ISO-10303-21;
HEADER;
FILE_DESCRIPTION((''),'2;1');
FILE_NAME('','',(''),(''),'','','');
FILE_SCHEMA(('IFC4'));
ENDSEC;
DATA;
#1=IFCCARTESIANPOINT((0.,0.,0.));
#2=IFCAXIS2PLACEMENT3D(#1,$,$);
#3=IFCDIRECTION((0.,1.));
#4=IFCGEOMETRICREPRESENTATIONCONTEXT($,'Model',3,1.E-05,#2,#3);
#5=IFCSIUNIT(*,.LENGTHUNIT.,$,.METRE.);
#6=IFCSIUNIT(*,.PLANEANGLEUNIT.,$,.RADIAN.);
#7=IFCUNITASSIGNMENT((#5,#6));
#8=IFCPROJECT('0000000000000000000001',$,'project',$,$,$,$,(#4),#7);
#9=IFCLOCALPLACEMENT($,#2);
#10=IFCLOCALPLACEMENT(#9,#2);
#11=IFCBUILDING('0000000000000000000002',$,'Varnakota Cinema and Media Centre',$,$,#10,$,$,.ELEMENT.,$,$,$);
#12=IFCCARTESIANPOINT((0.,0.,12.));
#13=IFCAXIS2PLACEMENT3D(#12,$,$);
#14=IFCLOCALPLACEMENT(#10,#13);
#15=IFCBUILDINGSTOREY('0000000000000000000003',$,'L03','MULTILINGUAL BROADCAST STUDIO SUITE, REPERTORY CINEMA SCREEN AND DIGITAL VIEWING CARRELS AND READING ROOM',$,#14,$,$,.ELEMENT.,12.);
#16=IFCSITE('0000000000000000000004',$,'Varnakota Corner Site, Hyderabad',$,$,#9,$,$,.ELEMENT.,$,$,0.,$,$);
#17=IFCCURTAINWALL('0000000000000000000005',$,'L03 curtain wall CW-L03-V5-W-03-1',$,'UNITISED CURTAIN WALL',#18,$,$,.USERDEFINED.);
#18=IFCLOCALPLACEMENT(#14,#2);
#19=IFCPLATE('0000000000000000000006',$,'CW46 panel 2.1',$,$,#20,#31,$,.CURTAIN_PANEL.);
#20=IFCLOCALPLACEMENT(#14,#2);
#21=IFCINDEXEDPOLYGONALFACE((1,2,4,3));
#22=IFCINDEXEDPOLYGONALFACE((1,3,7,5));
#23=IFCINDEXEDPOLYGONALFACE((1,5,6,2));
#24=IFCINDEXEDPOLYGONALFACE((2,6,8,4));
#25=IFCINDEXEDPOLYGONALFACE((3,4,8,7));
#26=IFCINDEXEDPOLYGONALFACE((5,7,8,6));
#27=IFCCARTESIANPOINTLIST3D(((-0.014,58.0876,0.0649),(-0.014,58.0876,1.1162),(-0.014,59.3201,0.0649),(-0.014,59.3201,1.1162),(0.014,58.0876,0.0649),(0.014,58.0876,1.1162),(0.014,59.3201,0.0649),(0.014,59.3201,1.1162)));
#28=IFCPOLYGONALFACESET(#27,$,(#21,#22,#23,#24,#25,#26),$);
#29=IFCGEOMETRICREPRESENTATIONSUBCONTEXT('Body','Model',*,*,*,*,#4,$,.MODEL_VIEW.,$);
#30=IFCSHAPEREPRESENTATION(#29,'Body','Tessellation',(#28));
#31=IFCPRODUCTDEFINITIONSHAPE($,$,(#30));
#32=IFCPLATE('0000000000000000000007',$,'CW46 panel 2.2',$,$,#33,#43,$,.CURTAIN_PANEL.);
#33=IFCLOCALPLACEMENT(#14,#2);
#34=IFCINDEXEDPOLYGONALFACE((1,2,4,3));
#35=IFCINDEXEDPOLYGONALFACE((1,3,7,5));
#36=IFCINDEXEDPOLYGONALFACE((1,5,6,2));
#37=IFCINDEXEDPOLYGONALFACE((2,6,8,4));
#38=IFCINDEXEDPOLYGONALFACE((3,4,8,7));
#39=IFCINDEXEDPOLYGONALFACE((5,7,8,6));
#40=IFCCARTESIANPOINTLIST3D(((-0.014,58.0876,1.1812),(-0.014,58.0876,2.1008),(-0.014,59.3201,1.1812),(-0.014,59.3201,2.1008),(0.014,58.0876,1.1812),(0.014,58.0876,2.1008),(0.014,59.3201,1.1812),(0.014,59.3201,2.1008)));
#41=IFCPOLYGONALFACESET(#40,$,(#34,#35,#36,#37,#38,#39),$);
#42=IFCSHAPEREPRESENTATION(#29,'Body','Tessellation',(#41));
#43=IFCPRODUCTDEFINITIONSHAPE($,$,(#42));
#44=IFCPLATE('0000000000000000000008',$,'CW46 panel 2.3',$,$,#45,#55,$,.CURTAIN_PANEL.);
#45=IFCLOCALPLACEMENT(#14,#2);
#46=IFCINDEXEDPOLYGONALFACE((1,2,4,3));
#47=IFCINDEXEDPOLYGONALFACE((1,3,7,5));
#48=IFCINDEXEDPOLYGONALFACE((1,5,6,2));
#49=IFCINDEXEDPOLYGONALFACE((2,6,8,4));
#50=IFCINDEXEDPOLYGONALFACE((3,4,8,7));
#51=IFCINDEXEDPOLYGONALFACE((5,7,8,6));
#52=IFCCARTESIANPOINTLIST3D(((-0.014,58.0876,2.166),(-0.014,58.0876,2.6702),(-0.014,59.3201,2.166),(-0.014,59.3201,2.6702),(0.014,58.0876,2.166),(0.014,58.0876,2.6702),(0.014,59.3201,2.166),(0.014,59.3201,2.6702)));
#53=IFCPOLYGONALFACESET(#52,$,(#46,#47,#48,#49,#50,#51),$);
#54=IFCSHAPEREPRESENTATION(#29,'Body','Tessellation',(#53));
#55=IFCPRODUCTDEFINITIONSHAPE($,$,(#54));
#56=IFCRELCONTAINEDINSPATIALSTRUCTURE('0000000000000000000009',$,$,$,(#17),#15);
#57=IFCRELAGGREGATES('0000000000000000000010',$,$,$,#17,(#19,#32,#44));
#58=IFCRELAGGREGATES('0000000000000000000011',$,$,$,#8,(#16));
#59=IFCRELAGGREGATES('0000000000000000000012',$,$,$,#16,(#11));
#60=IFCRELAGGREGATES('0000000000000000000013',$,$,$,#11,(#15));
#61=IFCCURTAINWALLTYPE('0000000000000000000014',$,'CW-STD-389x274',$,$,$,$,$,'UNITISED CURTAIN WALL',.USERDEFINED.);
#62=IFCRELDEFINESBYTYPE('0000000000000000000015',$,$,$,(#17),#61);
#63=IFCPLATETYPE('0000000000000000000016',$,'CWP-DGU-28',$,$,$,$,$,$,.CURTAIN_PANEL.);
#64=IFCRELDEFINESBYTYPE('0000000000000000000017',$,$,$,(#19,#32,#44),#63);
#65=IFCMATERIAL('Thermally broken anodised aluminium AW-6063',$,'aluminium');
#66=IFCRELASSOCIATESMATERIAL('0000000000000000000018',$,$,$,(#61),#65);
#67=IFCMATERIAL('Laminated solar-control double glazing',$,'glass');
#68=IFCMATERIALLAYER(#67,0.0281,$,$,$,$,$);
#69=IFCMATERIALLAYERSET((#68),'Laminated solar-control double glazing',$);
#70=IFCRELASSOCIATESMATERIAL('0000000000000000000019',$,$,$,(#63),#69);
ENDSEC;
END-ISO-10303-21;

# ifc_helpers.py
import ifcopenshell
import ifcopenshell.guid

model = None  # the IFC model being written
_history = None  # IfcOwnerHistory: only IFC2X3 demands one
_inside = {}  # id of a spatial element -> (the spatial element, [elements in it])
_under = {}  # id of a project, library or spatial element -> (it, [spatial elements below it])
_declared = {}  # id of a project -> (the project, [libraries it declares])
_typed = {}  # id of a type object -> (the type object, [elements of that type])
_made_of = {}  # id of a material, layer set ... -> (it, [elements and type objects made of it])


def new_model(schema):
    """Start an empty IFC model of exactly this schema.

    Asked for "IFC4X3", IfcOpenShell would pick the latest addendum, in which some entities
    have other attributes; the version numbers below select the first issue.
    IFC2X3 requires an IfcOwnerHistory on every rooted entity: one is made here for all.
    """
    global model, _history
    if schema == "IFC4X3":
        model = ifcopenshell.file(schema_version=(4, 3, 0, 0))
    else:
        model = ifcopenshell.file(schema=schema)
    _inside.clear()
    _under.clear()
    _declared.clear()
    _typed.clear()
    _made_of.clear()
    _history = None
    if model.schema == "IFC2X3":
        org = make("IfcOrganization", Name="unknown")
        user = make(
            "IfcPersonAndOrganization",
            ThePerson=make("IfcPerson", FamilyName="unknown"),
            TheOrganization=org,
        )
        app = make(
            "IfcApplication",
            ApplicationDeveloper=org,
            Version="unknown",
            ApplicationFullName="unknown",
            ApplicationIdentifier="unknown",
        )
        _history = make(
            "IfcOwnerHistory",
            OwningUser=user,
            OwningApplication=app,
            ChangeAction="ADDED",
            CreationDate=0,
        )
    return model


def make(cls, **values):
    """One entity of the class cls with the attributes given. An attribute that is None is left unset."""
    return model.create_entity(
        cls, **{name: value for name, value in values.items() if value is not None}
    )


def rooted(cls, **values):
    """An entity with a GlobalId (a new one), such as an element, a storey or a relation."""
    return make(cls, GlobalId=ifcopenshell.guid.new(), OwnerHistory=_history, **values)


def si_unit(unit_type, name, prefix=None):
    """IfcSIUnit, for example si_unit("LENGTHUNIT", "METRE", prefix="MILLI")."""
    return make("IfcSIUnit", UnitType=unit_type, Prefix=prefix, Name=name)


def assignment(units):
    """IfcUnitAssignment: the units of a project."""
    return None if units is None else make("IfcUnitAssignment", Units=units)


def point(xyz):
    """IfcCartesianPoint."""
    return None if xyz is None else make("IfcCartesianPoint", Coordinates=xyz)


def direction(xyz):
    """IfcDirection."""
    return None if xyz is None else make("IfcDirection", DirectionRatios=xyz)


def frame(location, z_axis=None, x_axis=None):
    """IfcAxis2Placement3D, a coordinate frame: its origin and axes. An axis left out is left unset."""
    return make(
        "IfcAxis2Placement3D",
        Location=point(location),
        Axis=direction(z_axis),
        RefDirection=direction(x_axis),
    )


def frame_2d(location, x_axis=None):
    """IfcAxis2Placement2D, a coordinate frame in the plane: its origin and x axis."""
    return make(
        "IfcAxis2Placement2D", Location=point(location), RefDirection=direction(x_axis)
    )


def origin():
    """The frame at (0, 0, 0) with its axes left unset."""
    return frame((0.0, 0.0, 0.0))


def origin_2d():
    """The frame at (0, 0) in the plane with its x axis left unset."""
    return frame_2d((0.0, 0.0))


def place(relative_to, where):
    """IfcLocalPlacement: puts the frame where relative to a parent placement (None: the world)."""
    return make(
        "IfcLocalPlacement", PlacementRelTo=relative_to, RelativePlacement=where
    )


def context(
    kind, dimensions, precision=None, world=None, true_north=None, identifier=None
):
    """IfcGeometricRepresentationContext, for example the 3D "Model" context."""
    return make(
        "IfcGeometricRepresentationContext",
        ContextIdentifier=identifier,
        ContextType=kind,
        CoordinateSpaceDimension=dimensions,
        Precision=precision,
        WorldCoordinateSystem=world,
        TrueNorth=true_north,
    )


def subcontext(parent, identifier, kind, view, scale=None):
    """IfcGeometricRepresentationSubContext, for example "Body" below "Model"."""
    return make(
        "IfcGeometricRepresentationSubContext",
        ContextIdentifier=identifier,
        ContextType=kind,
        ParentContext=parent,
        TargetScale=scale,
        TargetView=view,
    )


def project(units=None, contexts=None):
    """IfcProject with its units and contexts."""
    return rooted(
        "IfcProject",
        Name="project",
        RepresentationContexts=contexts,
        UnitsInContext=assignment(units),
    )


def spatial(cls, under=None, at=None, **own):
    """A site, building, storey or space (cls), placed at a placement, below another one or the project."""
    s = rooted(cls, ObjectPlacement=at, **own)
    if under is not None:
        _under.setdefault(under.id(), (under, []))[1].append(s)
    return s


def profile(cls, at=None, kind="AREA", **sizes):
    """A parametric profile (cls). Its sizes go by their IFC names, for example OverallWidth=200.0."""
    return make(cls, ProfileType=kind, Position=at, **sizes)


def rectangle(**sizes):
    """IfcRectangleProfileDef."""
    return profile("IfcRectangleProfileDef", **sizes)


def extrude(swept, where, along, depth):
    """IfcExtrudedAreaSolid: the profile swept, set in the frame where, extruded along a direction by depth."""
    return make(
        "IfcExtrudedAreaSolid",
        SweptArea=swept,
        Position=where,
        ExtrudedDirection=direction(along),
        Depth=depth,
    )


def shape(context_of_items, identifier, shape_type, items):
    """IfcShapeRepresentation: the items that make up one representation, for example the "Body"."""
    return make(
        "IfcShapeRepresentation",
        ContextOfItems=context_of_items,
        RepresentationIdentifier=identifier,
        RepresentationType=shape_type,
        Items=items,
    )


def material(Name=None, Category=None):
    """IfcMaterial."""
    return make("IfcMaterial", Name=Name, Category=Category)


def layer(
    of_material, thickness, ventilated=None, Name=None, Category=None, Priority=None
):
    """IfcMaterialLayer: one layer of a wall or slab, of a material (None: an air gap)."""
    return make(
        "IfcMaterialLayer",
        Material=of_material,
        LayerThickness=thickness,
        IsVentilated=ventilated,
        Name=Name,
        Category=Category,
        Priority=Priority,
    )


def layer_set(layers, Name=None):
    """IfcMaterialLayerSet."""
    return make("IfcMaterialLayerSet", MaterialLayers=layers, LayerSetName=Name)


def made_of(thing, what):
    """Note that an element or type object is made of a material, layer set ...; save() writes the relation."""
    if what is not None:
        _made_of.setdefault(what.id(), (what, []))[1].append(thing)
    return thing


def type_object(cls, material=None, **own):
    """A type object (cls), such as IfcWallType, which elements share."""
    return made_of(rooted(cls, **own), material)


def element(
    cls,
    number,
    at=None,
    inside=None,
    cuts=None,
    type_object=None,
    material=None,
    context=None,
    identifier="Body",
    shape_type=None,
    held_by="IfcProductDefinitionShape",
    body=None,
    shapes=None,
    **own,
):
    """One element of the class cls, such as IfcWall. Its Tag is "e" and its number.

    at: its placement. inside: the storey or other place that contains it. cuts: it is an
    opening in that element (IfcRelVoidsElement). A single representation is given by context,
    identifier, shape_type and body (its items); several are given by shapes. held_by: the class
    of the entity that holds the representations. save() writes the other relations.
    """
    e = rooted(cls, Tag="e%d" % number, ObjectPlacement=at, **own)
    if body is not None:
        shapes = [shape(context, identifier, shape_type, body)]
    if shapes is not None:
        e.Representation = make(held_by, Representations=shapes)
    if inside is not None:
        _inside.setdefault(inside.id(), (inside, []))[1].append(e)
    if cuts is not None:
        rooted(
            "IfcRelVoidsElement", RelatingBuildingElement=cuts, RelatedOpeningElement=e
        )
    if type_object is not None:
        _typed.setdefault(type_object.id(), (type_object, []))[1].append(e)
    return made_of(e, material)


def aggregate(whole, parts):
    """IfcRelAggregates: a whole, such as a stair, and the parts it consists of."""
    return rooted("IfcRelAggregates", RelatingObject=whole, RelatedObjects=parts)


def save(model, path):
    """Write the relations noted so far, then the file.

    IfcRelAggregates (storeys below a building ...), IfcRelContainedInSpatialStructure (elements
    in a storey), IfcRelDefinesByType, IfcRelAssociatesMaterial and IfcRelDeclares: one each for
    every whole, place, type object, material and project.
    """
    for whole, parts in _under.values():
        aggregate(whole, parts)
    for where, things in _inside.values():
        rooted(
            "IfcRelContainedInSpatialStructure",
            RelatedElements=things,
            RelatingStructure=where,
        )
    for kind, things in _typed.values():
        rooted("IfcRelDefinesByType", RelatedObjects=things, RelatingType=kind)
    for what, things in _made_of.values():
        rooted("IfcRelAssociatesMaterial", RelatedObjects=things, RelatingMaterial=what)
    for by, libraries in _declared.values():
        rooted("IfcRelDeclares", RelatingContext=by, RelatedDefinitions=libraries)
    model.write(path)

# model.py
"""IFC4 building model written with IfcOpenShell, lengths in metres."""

from ifc_helpers import new_model, si_unit, direction, frame, origin, origin_2d, place, context, subcontext, project, spatial, rectangle, extrude, material, layer, layer_set, type_object, element, aggregate, save


model = new_model("IFC4")

# Units and contexts
model_context = context("Model", 3, precision=1e-05, world=origin(), true_north=direction((0.0, 1.0)))
body_context = subcontext(model_context, "Body", "Model", "MODEL_VIEW")
ifc_project = project(units=[si_unit("LENGTHUNIT", "METRE"), si_unit("PLANEANGLEUNIT", "RADIAN")], contexts=[model_context])

# Site, building, storey
site_placement = place(None, origin())
site = spatial("IfcSite", under=ifc_project, at=site_placement, Name="Varnakota Corner Site, Hyderabad", CompositionType="ELEMENT", RefElevation=0.0)
building_placement = place(site_placement, origin())
building = spatial("IfcBuilding", under=site, at=building_placement, Name="Varnakota Cinema and Media Centre", CompositionType="ELEMENT")
storey_placement = place(building_placement, frame((0.0, 0.0, 12.0)))
storey = spatial("IfcBuildingStorey", under=building, at=storey_placement, Name="L03", Description="MULTILINGUAL BROADCAST STUDIO SUITE, REPERTORY CINEMA SCREEN AND DIGITAL VIEWING CARRELS AND READING ROOM", CompositionType="ELEMENT", Elevation=12.0)

# Shared definitions
ifc_material_1 = material(Name="Thermally broken anodised aluminium AW-6063", Category="aluminium")
curtain_wall_type = type_object("IfcCurtainWallType", Name="CW-STD-389x274", ElementType="UNITISED CURTAIN WALL", PredefinedType="USERDEFINED", material=ifc_material_1)

# Curtain wall
curtain_wall_1_placement = place(storey_placement, origin())
curtain_wall_1 = element("IfcCurtainWall", 1, at=curtain_wall_1_placement, inside=storey, type_object=curtain_wall_type, Name="L03 curtain wall CW-L03-V5-W-03-1", ObjectType="UNITISED CURTAIN WALL", PredefinedType="USERDEFINED")

# Plates
ifc_material_2 = material(Name="Laminated solar-control double glazing", Category="glass")
ifc_layer = layer(ifc_material_2, 0.0281)
ifc_layer_set = layer_set([ifc_layer], Name="Laminated solar-control double glazing")
plate_type = type_object("IfcPlateType", Name="CWP-DGU-28", PredefinedType="CURTAIN_PANEL", material=ifc_layer_set)
plate_1_placement = place(storey_placement, frame((0.0, 58.7039, 0.0649), z_axis=(0.0, 0.0, 1.0), x_axis=(0.0, -1.0, 0.0)))
plate_1 = element("IfcPlate", 2, at=plate_1_placement, type_object=plate_type, Name="CW46 panel 2.1", PredefinedType="CURTAIN_PANEL", context=body_context, shape_type="SweptSolid", body=[
    extrude(rectangle(XDim=1.2324, YDim=0.0281, at=origin_2d()), origin(), (0.0, 0.0, 1.0), 1.0513),
])
plate_2_placement = place(storey_placement, frame((0.0, 58.7039, 1.1812), z_axis=(0.0, 0.0, 1.0), x_axis=(0.0, -1.0, 0.0)))
plate_2 = element("IfcPlate", 3, at=plate_2_placement, type_object=plate_type, Name="CW46 panel 2.2", PredefinedType="CURTAIN_PANEL", context=body_context, shape_type="SweptSolid", body=[
    extrude(rectangle(XDim=1.2324, YDim=0.0281, at=origin_2d()), origin(), (0.0, 0.0, 1.0), 0.9197),
])
plate_3_placement = place(storey_placement, frame((0.0, 58.7039, 2.166), z_axis=(0.0, 0.0, 1.0), x_axis=(0.0, -1.0, 0.0)))
plate_3 = element("IfcPlate", 4, at=plate_3_placement, type_object=plate_type, Name="CW46 panel 2.3", PredefinedType="CURTAIN_PANEL", context=body_context, shape_type="SweptSolid", body=[
    extrude(rectangle(XDim=1.2324, YDim=0.0281, at=origin_2d()), origin(), (0.0, 0.0, 1.0), 0.5042),
])
aggregate(curtain_wall_1, [plate_1, plate_2, plate_3])

save(model, "model.ifc")
